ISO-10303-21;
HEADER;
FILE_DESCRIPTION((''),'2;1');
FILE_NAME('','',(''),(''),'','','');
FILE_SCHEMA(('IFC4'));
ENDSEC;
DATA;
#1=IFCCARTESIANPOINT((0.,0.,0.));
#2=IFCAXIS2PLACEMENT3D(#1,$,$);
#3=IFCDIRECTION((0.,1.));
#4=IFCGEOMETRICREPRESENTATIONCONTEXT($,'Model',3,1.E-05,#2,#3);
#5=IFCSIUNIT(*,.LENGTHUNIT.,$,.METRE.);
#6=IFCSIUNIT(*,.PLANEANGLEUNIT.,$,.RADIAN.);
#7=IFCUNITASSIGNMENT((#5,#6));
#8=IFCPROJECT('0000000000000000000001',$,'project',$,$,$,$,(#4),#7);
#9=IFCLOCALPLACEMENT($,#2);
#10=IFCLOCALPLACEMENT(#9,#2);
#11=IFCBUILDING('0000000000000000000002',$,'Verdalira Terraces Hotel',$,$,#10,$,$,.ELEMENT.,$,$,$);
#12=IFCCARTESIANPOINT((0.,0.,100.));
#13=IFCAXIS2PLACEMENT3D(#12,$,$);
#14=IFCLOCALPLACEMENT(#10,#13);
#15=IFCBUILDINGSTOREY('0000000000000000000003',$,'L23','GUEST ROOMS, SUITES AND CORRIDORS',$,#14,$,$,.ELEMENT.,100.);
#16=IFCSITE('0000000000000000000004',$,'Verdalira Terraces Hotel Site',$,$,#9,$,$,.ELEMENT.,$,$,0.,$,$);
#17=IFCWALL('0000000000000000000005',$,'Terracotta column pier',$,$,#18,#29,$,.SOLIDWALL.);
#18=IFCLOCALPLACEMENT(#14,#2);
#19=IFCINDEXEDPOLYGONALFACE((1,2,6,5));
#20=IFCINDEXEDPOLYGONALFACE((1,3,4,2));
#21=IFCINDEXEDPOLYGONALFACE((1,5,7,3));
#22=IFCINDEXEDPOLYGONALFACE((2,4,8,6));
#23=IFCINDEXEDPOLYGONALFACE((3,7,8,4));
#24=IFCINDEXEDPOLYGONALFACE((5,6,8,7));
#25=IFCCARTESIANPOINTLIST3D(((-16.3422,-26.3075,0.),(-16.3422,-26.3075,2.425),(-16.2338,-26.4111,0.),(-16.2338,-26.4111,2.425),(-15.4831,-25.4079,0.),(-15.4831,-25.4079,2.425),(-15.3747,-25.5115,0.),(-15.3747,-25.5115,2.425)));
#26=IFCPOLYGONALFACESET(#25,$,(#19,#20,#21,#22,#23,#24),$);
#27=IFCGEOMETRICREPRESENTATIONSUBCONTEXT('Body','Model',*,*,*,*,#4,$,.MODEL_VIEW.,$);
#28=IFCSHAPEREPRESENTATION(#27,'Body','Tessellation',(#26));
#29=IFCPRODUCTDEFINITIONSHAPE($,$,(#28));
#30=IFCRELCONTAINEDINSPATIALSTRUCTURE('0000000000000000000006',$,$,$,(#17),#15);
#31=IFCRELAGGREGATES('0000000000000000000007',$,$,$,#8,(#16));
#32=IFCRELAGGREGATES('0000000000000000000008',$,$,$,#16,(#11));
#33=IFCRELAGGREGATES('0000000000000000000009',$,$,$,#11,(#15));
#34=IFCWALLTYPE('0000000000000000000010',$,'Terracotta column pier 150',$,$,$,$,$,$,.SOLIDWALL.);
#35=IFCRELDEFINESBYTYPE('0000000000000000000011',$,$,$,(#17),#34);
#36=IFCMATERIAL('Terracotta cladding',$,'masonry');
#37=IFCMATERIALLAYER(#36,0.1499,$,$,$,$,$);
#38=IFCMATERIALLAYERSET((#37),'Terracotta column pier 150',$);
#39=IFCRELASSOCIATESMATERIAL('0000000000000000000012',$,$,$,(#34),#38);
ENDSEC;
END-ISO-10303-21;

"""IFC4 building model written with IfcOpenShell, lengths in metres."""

from ifc_helpers import new_model, si_unit, direction, frame, frame_2d, origin, place, context, subcontext, project, spatial, rectangle, extrude, material, layer, layer_set, type_object, element, save


model = new_model("IFC4")

# Units and contexts
model_context = context("Model", 3, precision=1e-05, world=origin(), true_north=direction((0.0, 1.0)))
body_context = subcontext(model_context, "Body", "Model", "MODEL_VIEW")
ifc_project = project(units=[si_unit("LENGTHUNIT", "METRE"), si_unit("PLANEANGLEUNIT", "RADIAN")], contexts=[model_context])

# Site, building, storey
site_placement = place(None, origin())
site = spatial("IfcSite", under=ifc_project, at=site_placement, Name="Verdalira Terraces Hotel Site", CompositionType="ELEMENT", RefElevation=0.0)
building_placement = place(site_placement, origin())
building = spatial("IfcBuilding", under=site, at=building_placement, Name="Verdalira Terraces Hotel", CompositionType="ELEMENT")
storey_placement = place(building_placement, frame((0.0, 0.0, 100.0)))
storey = spatial("IfcBuildingStorey", under=building, at=storey_placement, Name="L23", Description="GUEST ROOMS, SUITES AND CORRIDORS", CompositionType="ELEMENT", Elevation=100.0)

# Wall
ifc_material_1 = material(Name="Terracotta cladding", Category="masonry")
ifc_layer_1 = layer(ifc_material_1, 0.1499)
ifc_layer_set_1 = layer_set([ifc_layer_1], Name="Terracotta column pier 150")
wall_type_1 = type_object("IfcWallType", Name="Terracotta column pier 150", PredefinedType="SOLIDWALL", material=ifc_layer_set_1)
wall_1_placement = place(storey_placement, frame((-16.2881, -26.3594, 0.0), z_axis=(0.0, 0.0, 1.0), x_axis=(0.69063, 0.723208, 0.0)))
element("IfcWall", 1, at=wall_1_placement, inside=storey, type_object=wall_type_1, Name="Terracotta column pier", PredefinedType="SOLIDWALL", context=body_context, shape_type="SweptSolid", body=[
    extrude(rectangle(XDim=1.2439, YDim=0.1499, at=frame_2d((0.6221, 0.0))), origin(), (0.0, 0.0, 1.0), 2.425),
])

save(model, "model.ifc")
